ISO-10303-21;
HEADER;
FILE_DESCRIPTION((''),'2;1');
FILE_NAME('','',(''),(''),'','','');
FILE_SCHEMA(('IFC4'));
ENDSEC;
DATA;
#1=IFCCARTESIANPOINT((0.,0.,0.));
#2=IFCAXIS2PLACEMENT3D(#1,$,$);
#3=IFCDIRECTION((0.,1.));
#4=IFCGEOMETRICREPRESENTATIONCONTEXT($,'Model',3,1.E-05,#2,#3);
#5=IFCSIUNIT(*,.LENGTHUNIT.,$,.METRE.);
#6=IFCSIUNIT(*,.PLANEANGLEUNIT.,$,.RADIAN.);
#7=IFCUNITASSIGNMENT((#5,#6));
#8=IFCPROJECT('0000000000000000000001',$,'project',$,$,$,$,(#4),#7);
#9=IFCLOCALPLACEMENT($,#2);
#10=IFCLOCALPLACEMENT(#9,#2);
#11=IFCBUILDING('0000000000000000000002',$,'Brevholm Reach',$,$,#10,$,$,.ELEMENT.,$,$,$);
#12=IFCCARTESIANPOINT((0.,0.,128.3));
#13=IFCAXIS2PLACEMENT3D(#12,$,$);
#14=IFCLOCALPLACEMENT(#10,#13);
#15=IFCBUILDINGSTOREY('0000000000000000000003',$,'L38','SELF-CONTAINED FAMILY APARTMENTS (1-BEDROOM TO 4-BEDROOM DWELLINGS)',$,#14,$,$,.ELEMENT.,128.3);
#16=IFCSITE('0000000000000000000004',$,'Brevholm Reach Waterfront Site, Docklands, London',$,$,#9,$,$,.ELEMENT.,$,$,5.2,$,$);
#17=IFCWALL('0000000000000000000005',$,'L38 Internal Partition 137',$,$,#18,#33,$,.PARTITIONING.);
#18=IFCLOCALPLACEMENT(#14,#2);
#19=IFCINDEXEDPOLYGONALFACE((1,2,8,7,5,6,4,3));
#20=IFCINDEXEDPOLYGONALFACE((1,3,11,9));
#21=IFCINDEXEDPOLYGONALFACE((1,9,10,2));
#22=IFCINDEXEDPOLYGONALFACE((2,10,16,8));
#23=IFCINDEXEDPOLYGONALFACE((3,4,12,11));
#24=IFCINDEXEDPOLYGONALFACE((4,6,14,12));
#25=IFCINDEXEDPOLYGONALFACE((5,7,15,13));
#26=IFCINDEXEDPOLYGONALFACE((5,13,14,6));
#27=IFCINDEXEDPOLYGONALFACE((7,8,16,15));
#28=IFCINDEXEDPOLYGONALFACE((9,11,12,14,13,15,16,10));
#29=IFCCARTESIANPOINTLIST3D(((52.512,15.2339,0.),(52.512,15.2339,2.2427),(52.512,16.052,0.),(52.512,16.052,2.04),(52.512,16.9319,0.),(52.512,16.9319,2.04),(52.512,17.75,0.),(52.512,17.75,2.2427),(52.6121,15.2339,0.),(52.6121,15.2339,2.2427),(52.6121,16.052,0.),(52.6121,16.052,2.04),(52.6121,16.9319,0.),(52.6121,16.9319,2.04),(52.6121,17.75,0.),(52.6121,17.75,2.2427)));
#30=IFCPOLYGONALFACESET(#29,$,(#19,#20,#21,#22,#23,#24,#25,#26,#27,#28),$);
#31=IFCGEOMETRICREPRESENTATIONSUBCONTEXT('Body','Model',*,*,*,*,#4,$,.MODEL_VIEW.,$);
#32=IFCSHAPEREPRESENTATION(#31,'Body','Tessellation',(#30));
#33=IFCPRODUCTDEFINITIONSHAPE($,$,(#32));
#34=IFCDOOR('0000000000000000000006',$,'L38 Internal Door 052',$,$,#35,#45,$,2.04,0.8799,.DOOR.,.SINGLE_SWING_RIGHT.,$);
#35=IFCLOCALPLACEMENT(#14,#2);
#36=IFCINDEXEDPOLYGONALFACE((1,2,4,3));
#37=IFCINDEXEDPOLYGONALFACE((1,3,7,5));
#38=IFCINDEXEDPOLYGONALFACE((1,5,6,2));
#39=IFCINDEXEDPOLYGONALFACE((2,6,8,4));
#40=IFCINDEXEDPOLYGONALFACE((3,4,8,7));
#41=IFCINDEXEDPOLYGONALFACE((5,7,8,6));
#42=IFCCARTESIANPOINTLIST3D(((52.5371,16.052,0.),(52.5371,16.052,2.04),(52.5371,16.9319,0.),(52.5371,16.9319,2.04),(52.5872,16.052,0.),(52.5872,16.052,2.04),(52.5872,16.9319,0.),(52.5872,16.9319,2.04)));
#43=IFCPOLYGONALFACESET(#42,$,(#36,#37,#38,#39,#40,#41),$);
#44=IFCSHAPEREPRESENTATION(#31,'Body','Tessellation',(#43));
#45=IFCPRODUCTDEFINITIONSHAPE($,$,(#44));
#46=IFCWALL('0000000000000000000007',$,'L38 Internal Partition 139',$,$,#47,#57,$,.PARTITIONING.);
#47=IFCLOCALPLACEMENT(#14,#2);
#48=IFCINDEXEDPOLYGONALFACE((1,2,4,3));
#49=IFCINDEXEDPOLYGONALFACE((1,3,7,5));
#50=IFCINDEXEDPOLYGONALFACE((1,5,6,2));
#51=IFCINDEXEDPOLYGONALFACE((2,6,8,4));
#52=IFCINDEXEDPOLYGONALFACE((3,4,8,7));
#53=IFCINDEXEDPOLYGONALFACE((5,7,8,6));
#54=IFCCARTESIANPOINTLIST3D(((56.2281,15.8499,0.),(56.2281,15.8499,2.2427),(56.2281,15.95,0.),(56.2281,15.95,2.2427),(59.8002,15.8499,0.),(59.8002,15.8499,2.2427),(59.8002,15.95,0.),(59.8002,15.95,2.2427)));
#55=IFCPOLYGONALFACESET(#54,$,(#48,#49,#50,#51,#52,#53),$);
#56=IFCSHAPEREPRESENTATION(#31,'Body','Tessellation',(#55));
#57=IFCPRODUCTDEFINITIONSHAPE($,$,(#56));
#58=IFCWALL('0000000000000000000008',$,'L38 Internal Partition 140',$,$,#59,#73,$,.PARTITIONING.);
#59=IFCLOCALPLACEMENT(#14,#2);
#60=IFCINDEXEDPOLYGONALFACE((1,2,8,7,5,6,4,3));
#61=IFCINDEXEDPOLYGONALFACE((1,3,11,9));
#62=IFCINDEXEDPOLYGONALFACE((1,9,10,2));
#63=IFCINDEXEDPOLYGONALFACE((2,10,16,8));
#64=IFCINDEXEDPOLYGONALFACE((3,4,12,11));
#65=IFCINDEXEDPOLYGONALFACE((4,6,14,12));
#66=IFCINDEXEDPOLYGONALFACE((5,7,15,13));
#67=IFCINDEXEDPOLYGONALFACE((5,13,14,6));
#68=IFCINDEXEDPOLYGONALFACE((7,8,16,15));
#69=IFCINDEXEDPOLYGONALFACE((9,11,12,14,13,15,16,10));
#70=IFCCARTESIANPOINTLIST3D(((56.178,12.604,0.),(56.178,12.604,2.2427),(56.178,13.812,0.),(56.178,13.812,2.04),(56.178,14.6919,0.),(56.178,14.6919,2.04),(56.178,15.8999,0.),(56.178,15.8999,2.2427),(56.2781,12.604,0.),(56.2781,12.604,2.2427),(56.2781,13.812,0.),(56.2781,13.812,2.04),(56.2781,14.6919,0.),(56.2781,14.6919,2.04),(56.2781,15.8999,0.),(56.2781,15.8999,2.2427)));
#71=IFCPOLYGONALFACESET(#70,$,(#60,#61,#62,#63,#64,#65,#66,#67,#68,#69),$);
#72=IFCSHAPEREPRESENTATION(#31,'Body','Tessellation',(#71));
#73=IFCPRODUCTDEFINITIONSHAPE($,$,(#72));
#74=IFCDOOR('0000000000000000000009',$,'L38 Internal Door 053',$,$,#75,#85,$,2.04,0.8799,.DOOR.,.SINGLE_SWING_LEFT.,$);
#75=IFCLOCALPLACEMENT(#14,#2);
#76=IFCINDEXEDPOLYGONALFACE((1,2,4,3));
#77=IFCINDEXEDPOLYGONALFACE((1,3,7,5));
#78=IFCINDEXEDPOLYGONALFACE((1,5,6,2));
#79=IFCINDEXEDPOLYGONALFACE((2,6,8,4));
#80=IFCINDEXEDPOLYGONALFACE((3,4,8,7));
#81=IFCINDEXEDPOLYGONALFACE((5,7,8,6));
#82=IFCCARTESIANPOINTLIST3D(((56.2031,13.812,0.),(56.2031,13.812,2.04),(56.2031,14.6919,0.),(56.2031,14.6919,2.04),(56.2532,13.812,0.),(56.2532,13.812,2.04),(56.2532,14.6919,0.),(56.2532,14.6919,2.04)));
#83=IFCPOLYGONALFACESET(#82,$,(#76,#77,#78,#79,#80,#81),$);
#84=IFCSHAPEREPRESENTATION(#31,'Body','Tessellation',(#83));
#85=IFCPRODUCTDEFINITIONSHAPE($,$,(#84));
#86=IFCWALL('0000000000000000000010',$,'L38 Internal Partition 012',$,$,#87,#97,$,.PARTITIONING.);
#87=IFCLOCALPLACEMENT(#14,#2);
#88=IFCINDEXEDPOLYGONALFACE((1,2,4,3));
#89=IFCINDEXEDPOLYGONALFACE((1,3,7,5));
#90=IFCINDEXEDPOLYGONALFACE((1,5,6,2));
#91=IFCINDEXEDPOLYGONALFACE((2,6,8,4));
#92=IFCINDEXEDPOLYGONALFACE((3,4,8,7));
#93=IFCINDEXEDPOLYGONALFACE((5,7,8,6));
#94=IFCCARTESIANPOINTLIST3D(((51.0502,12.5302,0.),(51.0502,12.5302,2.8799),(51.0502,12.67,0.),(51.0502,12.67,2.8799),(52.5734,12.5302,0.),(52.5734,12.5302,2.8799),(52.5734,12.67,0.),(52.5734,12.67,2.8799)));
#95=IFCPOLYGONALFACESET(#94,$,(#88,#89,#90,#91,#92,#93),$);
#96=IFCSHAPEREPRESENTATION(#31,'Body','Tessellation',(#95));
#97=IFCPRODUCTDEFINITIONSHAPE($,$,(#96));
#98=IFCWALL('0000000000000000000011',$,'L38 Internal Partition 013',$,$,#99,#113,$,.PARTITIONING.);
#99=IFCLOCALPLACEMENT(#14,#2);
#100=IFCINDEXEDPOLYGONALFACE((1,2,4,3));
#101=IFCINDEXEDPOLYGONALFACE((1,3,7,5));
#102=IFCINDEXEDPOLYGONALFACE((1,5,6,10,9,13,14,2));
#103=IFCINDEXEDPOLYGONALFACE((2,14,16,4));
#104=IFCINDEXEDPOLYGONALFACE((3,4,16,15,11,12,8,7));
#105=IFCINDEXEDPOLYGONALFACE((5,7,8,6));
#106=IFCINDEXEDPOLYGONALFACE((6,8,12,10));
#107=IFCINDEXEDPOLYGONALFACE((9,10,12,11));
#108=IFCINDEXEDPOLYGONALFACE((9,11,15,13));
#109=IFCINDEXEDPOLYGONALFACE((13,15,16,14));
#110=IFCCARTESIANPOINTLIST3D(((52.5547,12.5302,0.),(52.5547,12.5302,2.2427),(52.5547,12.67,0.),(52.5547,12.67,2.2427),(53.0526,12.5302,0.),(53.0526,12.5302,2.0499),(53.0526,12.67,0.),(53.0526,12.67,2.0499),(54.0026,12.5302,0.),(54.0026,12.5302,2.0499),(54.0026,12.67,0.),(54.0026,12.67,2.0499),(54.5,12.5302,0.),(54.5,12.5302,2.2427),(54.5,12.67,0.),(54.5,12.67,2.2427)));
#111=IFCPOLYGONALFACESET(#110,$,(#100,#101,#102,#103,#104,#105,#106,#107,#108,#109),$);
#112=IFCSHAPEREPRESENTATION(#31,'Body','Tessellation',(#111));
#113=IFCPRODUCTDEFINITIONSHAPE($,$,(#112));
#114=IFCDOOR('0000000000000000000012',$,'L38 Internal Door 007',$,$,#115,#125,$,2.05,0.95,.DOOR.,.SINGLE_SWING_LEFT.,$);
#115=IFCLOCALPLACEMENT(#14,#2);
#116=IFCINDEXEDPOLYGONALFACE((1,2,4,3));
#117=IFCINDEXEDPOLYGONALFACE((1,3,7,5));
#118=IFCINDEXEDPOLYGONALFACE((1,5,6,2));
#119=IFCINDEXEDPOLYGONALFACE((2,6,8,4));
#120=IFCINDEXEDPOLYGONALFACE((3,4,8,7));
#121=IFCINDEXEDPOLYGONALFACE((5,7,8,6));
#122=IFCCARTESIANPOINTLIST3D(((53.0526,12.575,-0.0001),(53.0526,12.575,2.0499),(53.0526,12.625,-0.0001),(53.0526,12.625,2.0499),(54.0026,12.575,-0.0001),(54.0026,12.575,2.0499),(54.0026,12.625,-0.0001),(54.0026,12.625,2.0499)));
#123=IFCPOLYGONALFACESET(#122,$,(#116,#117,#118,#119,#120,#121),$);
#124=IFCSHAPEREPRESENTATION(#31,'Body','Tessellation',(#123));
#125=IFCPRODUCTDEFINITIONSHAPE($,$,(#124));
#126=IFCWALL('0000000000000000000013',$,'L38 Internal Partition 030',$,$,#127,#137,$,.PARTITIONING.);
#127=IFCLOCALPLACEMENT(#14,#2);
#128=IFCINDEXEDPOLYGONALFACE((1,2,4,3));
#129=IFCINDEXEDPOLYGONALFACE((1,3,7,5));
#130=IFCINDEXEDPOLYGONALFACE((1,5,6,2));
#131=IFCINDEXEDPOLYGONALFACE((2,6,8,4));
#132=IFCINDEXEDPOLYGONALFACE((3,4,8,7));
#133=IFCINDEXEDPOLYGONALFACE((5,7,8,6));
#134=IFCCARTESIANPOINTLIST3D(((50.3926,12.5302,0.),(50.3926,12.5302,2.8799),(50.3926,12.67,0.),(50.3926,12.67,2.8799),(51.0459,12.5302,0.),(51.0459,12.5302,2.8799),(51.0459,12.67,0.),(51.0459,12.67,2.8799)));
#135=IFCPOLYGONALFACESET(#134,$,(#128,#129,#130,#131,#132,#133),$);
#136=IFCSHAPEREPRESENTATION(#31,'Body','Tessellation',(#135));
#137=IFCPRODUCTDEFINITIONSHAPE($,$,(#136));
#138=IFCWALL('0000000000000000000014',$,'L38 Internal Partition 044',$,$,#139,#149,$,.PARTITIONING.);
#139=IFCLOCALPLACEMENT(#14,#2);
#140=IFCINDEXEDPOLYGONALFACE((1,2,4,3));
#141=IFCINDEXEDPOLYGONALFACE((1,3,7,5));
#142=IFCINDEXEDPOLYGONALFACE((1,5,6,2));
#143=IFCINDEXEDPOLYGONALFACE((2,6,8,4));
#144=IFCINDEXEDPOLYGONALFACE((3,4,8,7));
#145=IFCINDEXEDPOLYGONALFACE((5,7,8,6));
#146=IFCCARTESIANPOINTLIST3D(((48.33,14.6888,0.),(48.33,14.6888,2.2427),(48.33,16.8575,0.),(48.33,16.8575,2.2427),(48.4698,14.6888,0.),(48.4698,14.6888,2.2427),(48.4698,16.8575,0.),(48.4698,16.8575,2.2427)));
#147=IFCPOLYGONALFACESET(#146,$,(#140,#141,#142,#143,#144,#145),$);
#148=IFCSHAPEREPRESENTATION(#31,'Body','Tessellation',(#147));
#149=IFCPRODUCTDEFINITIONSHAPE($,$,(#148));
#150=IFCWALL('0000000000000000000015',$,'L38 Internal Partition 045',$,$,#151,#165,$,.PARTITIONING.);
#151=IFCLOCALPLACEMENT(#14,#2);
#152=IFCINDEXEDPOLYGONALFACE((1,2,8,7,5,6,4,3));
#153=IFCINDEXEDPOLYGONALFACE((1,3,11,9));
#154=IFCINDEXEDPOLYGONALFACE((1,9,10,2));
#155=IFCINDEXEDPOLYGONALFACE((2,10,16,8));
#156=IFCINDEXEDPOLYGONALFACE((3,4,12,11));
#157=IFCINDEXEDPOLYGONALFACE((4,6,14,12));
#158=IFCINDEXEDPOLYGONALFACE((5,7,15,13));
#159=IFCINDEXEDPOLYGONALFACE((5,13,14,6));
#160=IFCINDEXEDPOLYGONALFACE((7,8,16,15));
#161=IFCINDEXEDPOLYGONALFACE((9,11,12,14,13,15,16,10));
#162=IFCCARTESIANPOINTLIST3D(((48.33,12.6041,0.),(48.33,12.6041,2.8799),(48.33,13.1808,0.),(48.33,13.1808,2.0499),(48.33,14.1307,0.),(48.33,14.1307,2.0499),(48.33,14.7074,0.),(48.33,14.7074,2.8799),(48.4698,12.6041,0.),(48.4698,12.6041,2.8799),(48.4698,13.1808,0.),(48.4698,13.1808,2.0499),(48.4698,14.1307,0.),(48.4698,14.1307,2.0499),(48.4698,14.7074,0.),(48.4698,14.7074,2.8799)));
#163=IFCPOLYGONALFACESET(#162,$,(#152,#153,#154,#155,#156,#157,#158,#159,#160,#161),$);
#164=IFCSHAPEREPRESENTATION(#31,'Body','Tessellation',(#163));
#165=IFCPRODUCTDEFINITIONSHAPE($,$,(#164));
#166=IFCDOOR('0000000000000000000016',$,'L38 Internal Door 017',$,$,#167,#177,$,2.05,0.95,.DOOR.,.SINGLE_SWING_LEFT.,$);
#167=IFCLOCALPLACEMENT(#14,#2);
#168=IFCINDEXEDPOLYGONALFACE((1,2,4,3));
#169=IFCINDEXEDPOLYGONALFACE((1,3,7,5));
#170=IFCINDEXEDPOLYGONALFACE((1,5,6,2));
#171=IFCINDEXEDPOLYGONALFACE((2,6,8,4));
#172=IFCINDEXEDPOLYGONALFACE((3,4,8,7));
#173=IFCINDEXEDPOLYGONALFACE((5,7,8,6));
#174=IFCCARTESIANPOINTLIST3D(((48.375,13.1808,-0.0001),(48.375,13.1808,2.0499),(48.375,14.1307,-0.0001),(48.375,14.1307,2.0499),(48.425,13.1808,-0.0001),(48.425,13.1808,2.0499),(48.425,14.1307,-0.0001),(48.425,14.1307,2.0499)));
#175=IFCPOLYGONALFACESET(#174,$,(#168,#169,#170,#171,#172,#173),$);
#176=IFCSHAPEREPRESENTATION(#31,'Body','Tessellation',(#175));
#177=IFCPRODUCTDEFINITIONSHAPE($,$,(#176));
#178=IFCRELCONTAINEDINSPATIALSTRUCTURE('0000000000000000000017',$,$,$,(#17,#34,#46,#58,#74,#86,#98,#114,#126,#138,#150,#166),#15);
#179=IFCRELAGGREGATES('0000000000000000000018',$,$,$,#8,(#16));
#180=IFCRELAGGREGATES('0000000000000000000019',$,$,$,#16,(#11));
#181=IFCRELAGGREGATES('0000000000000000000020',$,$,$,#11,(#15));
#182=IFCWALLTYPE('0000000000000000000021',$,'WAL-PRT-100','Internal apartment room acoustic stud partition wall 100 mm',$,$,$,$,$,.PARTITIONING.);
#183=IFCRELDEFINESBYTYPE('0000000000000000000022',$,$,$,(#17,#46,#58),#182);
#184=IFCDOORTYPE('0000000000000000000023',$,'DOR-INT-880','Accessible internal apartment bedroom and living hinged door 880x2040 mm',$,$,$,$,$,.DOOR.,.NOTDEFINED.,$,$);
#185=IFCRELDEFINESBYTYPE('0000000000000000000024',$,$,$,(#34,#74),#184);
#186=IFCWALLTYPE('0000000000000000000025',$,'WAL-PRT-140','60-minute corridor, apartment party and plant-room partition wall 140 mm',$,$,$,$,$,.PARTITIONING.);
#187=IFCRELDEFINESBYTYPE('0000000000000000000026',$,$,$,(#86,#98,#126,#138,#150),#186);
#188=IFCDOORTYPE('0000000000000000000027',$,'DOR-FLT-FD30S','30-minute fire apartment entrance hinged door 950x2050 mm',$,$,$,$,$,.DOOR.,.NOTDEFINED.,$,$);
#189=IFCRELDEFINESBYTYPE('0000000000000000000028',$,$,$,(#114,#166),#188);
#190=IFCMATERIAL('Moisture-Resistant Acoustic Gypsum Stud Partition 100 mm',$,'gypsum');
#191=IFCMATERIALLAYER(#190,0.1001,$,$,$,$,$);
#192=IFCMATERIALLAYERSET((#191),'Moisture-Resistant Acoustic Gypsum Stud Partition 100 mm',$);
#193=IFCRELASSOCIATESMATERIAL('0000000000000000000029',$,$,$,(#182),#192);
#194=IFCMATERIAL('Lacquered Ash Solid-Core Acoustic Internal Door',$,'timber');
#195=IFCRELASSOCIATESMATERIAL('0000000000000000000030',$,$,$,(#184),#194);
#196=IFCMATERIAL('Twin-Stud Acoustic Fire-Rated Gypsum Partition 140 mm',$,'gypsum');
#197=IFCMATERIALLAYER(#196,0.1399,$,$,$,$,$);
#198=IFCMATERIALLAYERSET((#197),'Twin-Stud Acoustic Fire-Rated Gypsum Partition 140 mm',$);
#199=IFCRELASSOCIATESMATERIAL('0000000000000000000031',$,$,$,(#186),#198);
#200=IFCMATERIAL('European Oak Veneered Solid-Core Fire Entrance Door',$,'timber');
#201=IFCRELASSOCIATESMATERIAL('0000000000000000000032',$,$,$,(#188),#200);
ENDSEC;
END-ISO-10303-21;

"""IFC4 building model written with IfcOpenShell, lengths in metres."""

from ifc_helpers import new_model, si_unit, direction, frame, frame_2d, origin, place, context, subcontext, project, spatial, rectangle, extrude, material, layer, layer_set, type_object, element, fill, save


model = new_model("IFC4")

# Units and contexts
model_context = context("Model", 3, precision=1e-05, world=origin(), true_north=direction((0.0, 1.0)))
body_context = subcontext(model_context, "Body", "Model", "MODEL_VIEW")
ifc_project = project(units=[si_unit("LENGTHUNIT", "METRE"), si_unit("PLANEANGLEUNIT", "RADIAN")], contexts=[model_context])

# Site, building, storey
site_placement = place(None, origin())
site = spatial("IfcSite", under=ifc_project, at=site_placement, Name="Brevholm Reach Waterfront Site, Docklands, London", CompositionType="ELEMENT", RefElevation=5.2)
building_placement = place(site_placement, origin())
building = spatial("IfcBuilding", under=site, at=building_placement, Name="Brevholm Reach", CompositionType="ELEMENT")
storey_placement = place(building_placement, frame((0.0, 0.0, 128.3)))
storey = spatial("IfcBuildingStorey", under=building, at=storey_placement, Name="L38", Description="SELF-CONTAINED FAMILY APARTMENTS (1-BEDROOM TO 4-BEDROOM DWELLINGS)", CompositionType="ELEMENT", Elevation=128.3)

# Shared definitions
ifc_material_1 = material(Name="Moisture-Resistant Acoustic Gypsum Stud Partition 100 mm", Category="gypsum")
ifc_layer_1 = layer(ifc_material_1, 0.1001)
ifc_layer_set_1 = layer_set([ifc_layer_1], Name="Moisture-Resistant Acoustic Gypsum Stud Partition 100 mm")
wall_type_1 = type_object("IfcWallType", Name="WAL-PRT-100", Description="Internal apartment room acoustic stud partition wall 100 mm", PredefinedType="PARTITIONING", material=ifc_layer_set_1)

# Wall, opening, door
wall_1_placement = place(storey_placement, frame((52.562, 15.2339, 0.0), z_axis=(0.0, 0.0, 1.0), x_axis=(0.0, 1.0, 0.0)))
wall_1 = element("IfcWall", 1, at=wall_1_placement, inside=storey, type_object=wall_type_1, Name="L38 Internal Partition 137", PredefinedType="PARTITIONING", context=body_context, shape_type="SweptSolid", body=[
    extrude(rectangle(XDim=2.5161, YDim=0.1001, at=frame_2d((1.2581, 0.0))), origin(), (0.0, 0.0, 1.0), 2.2427),
])
opening_1_placement = place(wall_1_placement, frame((0.8181, 0.0, 0.0)))
opening_1 = element("IfcOpeningElement", 2, at=opening_1_placement, cuts=wall_1, PredefinedType="OPENING", context=body_context, shape_type="SweptSolid", body=[
    extrude(rectangle(XDim=0.8799, YDim=2.04, at=frame_2d((0.4399, 1.02))), frame((0.0, 0.0601, 0.0), z_axis=(0.0, -1.0, 0.0), x_axis=(1.0, 0.0, 0.0)), (0.0, 0.0, 1.0), 0.1201),
])
ifc_material_2 = material(Name="Lacquered Ash Solid-Core Acoustic Internal Door", Category="timber")
door_type_1 = type_object("IfcDoorType", Name="DOR-INT-880", Description="Accessible internal apartment bedroom and living hinged door 880x2040 mm", OperationType="NOTDEFINED", PredefinedType="DOOR", material=ifc_material_2)
door_1_placement = place(opening_1_placement, origin())
door_1 = element("IfcDoor", 3, at=door_1_placement, inside=storey, type_object=door_type_1, Name="L38 Internal Door 052", OperationType="SINGLE_SWING_RIGHT", OverallHeight=2.04, OverallWidth=0.8799, PredefinedType="DOOR", context=body_context, shape_type="SweptSolid", body=[
    extrude(rectangle(XDim=0.8799, YDim=2.04, at=frame_2d((0.4399, 1.02))), frame((0.0, 0.0249, 0.0), z_axis=(0.0, -1.0, 0.0), x_axis=(1.0, 0.0, 0.0)), (0.0, 0.0, 1.0), 0.05),
])
fill(opening_1, door_1)

# Wall
wall_2_placement = place(storey_placement, frame((56.228, 15.8999, 0.0), z_axis=(0.0, 0.0, 1.0), x_axis=(1.0, 0.0, 0.0)))
element("IfcWall", 4, at=wall_2_placement, inside=storey, type_object=wall_type_1, Name="L38 Internal Partition 139", PredefinedType="PARTITIONING", context=body_context, shape_type="SweptSolid", body=[
    extrude(rectangle(XDim=3.572, YDim=0.1001, at=frame_2d((1.7861, 0.0))), origin(), (0.0, 0.0, 1.0), 2.2427),
])

# Wall, opening, door
wall_3_placement = place(storey_placement, frame((56.228, 12.604, 0.0), z_axis=(0.0, 0.0, 1.0), x_axis=(0.0, 1.0, 0.0)))
wall_3 = element("IfcWall", 5, at=wall_3_placement, inside=storey, type_object=wall_type_1, Name="L38 Internal Partition 140", PredefinedType="PARTITIONING", context=body_context, shape_type="SweptSolid", body=[
    extrude(rectangle(XDim=3.2959, YDim=0.1001, at=frame_2d((1.6479, 0.0))), origin(), (0.0, 0.0, 1.0), 2.2427),
])
opening_2_placement = place(wall_3_placement, frame((1.208, 0.0, 0.0)))
opening_2 = element("IfcOpeningElement", 6, at=opening_2_placement, cuts=wall_3, PredefinedType="OPENING", context=body_context, shape_type="SweptSolid", body=[
    extrude(rectangle(XDim=0.8799, YDim=2.04, at=frame_2d((0.4399, 1.02))), frame((0.0, 0.0601, 0.0), z_axis=(0.0, -1.0, 0.0), x_axis=(1.0, 0.0, 0.0)), (0.0, 0.0, 1.0), 0.1201),
])
door_2_placement = place(opening_2_placement, origin())
door_2 = element("IfcDoor", 7, at=door_2_placement, inside=storey, type_object=door_type_1, Name="L38 Internal Door 053", OperationType="SINGLE_SWING_LEFT", OverallHeight=2.04, OverallWidth=0.8799, PredefinedType="DOOR", context=body_context, shape_type="SweptSolid", body=[
    extrude(rectangle(XDim=0.8799, YDim=2.04, at=frame_2d((0.4399, 1.02))), frame((0.0, 0.0249, 0.0), z_axis=(0.0, -1.0, 0.0), x_axis=(1.0, 0.0, 0.0)), (0.0, 0.0, 1.0), 0.05),
])
fill(opening_2, door_2)

# Wall
ifc_material_3 = material(Name="Twin-Stud Acoustic Fire-Rated Gypsum Partition 140 mm", Category="gypsum")
ifc_layer_2 = layer(ifc_material_3, 0.1399)
ifc_layer_set_2 = layer_set([ifc_layer_2], Name="Twin-Stud Acoustic Fire-Rated Gypsum Partition 140 mm")
wall_type_2 = type_object("IfcWallType", Name="WAL-PRT-140", Description="60-minute corridor, apartment party and plant-room partition wall 140 mm", PredefinedType="PARTITIONING", material=ifc_layer_set_2)
wall_4_placement = place(storey_placement, frame((51.05, 12.6001, 0.0), z_axis=(0.0, 0.0, 1.0), x_axis=(1.0, 0.0, 0.0)))
element("IfcWall", 8, at=wall_4_placement, inside=storey, type_object=wall_type_2, Name="L38 Internal Partition 012", PredefinedType="PARTITIONING", context=body_context, shape_type="SweptSolid", body=[
    extrude(rectangle(XDim=1.5232, YDim=0.1399, at=frame_2d((0.7617, 0.0))), origin(), (0.0, 0.0, 1.0), 2.8799),
])

# Wall, opening, door
wall_5_placement = place(storey_placement, frame((52.5547, 12.6001, 0.0), z_axis=(0.0, 0.0, 1.0), x_axis=(1.0, 0.0, 0.0)))
wall_5 = element("IfcWall", 9, at=wall_5_placement, inside=storey, type_object=wall_type_2, Name="L38 Internal Partition 013", PredefinedType="PARTITIONING", context=body_context, shape_type="SweptSolid", body=[
    extrude(rectangle(XDim=1.9453, YDim=0.1399, at=frame_2d((0.9727, 0.0))), origin(), (0.0, 0.0, 1.0), 2.2427),
])
opening_3_placement = place(wall_5_placement, frame((0.4978, 0.0, 0.0)))
opening_3 = element("IfcOpeningElement", 10, at=opening_3_placement, cuts=wall_5, PredefinedType="OPENING", context=body_context, shape_type="SweptSolid", body=[
    extrude(rectangle(XDim=0.95, YDim=2.05, at=frame_2d((0.4751, 1.0249))), frame((0.0, 0.0798, 0.0), z_axis=(0.0, -1.0, 0.0), x_axis=(1.0, 0.0, 0.0)), (0.0, 0.0, 1.0), 0.1599),
])
ifc_material_4 = material(Name="European Oak Veneered Solid-Core Fire Entrance Door", Category="timber")
door_type_2 = type_object("IfcDoorType", Name="DOR-FLT-FD30S", Description="30-minute fire apartment entrance hinged door 950x2050 mm", OperationType="NOTDEFINED", PredefinedType="DOOR", material=ifc_material_4)
door_3_placement = place(opening_3_placement, origin())
door_3 = element("IfcDoor", 11, at=door_3_placement, inside=storey, type_object=door_type_2, Name="L38 Internal Door 007", OperationType="SINGLE_SWING_LEFT", OverallHeight=2.05, OverallWidth=0.95, PredefinedType="DOOR", context=body_context, shape_type="SweptSolid", body=[
    extrude(rectangle(XDim=0.95, YDim=2.05, at=frame_2d((0.4751, 1.0249))), frame((0.0, 0.0249, 0.0), z_axis=(0.0, -1.0, 0.0), x_axis=(1.0, 0.0, 0.0)), (0.0, 0.0, 1.0), 0.05),
])
fill(opening_3, door_3)

# Walls
wall_6_placement = place(storey_placement, frame((50.3926, 12.6001, 0.0), z_axis=(0.0, 0.0, 1.0), x_axis=(1.0, 0.0, 0.0)))
element("IfcWall", 12, at=wall_6_placement, inside=storey, type_object=wall_type_2, Name="L38 Internal Partition 030", PredefinedType="PARTITIONING", context=body_context, shape_type="SweptSolid", body=[
    extrude(rectangle(XDim=0.6533, YDim=0.1399, at=frame_2d((0.3267, 0.0))), origin(), (0.0, 0.0, 1.0), 2.8799),
])
wall_7_placement = place(storey_placement, frame((48.3999, 14.6887, 0.0), z_axis=(0.0, 0.0, 1.0), x_axis=(0.0, 1.0, 0.0)))
element("IfcWall", 13, at=wall_7_placement, inside=storey, type_object=wall_type_2, Name="L38 Internal Partition 044", PredefinedType="PARTITIONING", context=body_context, shape_type="SweptSolid", body=[
    extrude(rectangle(XDim=2.1687, YDim=0.1399, at=frame_2d((1.0845, 0.0))), origin(), (0.0, 0.0, 1.0), 2.2427),
])

# Wall, opening, door
wall_8_placement = place(storey_placement, frame((48.3999, 12.604, 0.0), z_axis=(0.0, 0.0, 1.0), x_axis=(0.0, 1.0, 0.0)))
wall_8 = element("IfcWall", 14, at=wall_8_placement, inside=storey, type_object=wall_type_2, Name="L38 Internal Partition 045", PredefinedType="PARTITIONING", context=body_context, shape_type="SweptSolid", body=[
    extrude(rectangle(XDim=2.1033, YDim=0.1399, at=frame_2d((1.0518, 0.0))), origin(), (0.0, 0.0, 1.0), 2.8799),
])
opening_4_placement = place(wall_8_placement, frame((0.5767, 0.0, 0.0)))
opening_4 = element("IfcOpeningElement", 15, at=opening_4_placement, cuts=wall_8, PredefinedType="OPENING", context=body_context, shape_type="SweptSolid", body=[
    extrude(rectangle(XDim=0.95, YDim=2.05, at=frame_2d((0.4751, 1.0249))), frame((0.0, 0.0798, 0.0), z_axis=(0.0, -1.0, 0.0), x_axis=(1.0, 0.0, 0.0)), (0.0, 0.0, 1.0), 0.1599),
])
door_4_placement = place(opening_4_placement, origin())
door_4 = element("IfcDoor", 16, at=door_4_placement, inside=storey, type_object=door_type_2, Name="L38 Internal Door 017", OperationType="SINGLE_SWING_LEFT", OverallHeight=2.05, OverallWidth=0.95, PredefinedType="DOOR", context=body_context, shape_type="SweptSolid", body=[
    extrude(rectangle(XDim=0.95, YDim=2.05, at=frame_2d((0.4751, 1.0249))), frame((0.0, 0.0249, 0.0), z_axis=(0.0, -1.0, 0.0), x_axis=(1.0, 0.0, 0.0)), (0.0, 0.0, 1.0), 0.05),
])
fill(opening_4, door_4)

save(model, "model.ifc")
